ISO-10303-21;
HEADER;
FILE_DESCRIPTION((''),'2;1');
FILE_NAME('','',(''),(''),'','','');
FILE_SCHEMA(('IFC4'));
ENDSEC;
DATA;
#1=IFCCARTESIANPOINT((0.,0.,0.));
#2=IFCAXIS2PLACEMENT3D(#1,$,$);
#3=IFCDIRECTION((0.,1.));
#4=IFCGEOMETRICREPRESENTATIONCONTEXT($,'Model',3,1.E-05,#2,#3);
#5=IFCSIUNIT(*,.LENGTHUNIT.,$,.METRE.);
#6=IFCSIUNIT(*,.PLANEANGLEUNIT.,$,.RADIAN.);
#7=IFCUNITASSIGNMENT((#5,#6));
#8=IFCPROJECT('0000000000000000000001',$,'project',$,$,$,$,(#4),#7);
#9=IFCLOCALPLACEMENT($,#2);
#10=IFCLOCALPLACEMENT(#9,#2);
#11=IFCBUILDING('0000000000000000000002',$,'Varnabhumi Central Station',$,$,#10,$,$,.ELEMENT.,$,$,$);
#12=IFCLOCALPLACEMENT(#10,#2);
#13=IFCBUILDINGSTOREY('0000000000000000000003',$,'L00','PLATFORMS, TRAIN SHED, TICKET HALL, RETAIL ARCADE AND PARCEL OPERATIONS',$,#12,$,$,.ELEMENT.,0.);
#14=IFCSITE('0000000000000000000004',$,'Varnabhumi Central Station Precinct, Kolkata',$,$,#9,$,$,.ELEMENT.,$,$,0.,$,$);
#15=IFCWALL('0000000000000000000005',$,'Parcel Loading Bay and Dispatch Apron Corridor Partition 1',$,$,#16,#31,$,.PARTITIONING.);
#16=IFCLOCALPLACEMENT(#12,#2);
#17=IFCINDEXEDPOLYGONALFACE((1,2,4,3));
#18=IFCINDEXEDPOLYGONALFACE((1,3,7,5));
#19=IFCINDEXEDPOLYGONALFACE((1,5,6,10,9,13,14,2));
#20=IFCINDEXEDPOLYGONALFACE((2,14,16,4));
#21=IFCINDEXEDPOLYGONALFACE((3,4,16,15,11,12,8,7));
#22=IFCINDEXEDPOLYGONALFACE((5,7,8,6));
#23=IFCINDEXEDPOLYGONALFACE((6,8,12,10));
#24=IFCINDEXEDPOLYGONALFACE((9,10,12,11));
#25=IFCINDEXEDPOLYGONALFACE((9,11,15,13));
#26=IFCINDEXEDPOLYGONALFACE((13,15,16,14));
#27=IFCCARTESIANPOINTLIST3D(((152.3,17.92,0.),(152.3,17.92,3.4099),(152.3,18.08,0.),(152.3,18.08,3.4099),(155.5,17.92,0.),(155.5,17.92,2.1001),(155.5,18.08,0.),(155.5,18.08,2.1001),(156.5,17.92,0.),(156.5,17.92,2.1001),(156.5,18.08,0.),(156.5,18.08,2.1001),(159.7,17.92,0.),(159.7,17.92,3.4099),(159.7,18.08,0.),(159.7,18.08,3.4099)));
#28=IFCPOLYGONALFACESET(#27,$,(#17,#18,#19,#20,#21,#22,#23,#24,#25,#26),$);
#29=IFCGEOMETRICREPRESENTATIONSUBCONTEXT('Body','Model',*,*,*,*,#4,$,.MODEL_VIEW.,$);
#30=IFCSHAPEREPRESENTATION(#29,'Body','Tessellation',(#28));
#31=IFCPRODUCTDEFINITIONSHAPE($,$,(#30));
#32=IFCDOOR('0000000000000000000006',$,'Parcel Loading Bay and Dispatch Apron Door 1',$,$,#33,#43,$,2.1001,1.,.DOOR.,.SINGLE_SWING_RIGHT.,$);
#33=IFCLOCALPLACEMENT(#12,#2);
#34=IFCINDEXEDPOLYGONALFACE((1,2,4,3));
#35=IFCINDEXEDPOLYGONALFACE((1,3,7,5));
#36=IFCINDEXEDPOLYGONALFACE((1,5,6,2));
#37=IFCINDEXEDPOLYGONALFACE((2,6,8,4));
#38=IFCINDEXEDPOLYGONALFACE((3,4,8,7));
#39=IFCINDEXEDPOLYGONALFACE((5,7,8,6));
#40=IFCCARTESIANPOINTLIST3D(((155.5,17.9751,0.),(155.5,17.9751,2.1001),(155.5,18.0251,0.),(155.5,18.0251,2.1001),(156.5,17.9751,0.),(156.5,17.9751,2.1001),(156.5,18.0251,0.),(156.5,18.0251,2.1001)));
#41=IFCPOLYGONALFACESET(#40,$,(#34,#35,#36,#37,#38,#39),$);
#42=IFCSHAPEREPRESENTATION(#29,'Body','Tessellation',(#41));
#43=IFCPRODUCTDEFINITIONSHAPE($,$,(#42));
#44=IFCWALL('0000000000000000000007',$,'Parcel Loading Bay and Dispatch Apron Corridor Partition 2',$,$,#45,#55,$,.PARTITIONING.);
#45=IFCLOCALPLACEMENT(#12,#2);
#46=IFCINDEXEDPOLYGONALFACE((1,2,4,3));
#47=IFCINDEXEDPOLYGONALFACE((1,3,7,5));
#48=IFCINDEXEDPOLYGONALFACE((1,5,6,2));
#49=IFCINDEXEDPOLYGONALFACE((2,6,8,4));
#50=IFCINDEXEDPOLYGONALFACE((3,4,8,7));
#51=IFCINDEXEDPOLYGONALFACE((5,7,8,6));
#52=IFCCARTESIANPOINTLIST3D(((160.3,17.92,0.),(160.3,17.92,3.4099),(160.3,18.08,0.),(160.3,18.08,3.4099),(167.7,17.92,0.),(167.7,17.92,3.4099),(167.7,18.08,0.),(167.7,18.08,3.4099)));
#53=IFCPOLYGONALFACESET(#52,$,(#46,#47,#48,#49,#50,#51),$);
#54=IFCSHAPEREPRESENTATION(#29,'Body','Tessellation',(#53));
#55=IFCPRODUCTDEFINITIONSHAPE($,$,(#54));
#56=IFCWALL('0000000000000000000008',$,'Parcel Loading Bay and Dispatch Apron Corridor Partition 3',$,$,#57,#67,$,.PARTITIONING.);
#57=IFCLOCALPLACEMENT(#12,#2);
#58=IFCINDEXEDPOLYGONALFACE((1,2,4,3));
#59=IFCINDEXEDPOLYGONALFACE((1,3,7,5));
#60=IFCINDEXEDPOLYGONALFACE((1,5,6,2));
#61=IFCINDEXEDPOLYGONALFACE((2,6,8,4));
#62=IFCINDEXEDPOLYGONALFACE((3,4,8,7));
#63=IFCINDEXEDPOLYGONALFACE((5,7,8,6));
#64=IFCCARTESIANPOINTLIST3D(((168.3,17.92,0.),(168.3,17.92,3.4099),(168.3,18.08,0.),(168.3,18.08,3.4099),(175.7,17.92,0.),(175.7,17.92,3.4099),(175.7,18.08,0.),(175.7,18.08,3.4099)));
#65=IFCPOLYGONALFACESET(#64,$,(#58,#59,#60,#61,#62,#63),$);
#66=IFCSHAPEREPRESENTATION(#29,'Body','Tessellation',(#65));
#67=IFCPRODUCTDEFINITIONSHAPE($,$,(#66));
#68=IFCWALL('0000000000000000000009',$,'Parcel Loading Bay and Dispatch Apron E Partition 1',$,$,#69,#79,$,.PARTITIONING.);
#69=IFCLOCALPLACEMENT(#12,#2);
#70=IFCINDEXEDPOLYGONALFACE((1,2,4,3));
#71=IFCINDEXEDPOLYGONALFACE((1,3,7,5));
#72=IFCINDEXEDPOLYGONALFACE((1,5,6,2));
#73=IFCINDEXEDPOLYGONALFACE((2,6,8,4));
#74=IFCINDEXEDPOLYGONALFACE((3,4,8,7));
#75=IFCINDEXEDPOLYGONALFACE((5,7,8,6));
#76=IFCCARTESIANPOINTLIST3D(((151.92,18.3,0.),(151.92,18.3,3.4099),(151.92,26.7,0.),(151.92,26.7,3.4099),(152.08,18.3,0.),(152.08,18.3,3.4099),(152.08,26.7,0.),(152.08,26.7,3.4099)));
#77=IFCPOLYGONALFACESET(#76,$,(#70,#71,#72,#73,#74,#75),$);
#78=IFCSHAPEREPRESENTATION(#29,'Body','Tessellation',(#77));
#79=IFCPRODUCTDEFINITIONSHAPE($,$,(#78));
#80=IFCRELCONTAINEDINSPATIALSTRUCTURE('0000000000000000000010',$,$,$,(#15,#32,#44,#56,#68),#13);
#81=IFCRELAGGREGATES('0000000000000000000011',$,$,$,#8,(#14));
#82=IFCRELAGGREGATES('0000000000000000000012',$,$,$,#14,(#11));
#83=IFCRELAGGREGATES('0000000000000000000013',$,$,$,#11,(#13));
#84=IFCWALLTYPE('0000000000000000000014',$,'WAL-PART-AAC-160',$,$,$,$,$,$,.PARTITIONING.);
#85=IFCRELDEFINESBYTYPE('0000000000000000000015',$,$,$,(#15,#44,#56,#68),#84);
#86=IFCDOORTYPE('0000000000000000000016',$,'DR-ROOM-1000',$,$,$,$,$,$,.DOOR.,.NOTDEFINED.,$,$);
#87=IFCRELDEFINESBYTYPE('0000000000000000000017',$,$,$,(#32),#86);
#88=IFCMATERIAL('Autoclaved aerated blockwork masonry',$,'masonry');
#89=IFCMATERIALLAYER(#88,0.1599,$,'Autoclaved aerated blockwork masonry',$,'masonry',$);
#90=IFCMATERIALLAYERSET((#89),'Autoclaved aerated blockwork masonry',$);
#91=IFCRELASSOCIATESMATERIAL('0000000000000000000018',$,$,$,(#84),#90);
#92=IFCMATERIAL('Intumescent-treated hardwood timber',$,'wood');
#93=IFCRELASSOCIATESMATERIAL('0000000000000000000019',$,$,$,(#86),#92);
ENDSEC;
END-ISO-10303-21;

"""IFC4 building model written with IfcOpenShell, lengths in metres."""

from ifc_helpers import new_model, si_unit, direction, frame, frame_2d, origin, place, context, subcontext, project, spatial, rectangle, extrude, material, layer, layer_set, type_object, element, fill, save


model = new_model("IFC4")

# Units and contexts
model_context = context("Model", 3, precision=1e-05, world=origin(), true_north=direction((0.0, 1.0)))
body_context = subcontext(model_context, "Body", "Model", "MODEL_VIEW")
ifc_project = project(units=[si_unit("LENGTHUNIT", "METRE"), si_unit("PLANEANGLEUNIT", "RADIAN")], contexts=[model_context])

# Site, building, storey
site_placement = place(None, origin())
site = spatial("IfcSite", under=ifc_project, at=site_placement, Name="Varnabhumi Central Station Precinct, Kolkata", CompositionType="ELEMENT", RefElevation=0.0)
building_placement = place(site_placement, origin())
building = spatial("IfcBuilding", under=site, at=building_placement, Name="Varnabhumi Central Station", CompositionType="ELEMENT")
storey_placement = place(building_placement, origin())
storey = spatial("IfcBuildingStorey", under=building, at=storey_placement, Name="L00", Description="PLATFORMS, TRAIN SHED, TICKET HALL, RETAIL ARCADE AND PARCEL OPERATIONS", CompositionType="ELEMENT", Elevation=0.0)

# Wall, opening, door
ifc_material_1 = material(Name="Autoclaved aerated blockwork masonry", Category="masonry")
ifc_layer_1 = layer(ifc_material_1, 0.1599, Name="Autoclaved aerated blockwork masonry", Category="masonry")
ifc_layer_set_1 = layer_set([ifc_layer_1], Name="Autoclaved aerated blockwork masonry")
wall_type = type_object("IfcWallType", Name="WAL-PART-AAC-160", PredefinedType="PARTITIONING", material=ifc_layer_set_1)
wall_1_placement = place(storey_placement, frame((152.3, 18.0, 0.0), z_axis=(0.0, 0.0, 1.0), x_axis=(1.0, 0.0, 0.0)))
wall_1 = element("IfcWall", 1, at=wall_1_placement, inside=storey, type_object=wall_type, Name="Parcel Loading Bay and Dispatch Apron Corridor Partition 1", PredefinedType="PARTITIONING", context=body_context, shape_type="SweptSolid", body=[
    extrude(rectangle(XDim=7.3999, YDim=0.1599, at=frame_2d((3.7, 0.0))), origin(), (0.0, 0.0, 1.0), 3.4099),
])
opening_placement = place(wall_1_placement, frame((3.2, 0.0, 0.0)))
opening = element("IfcOpeningElement", 2, at=opening_placement, cuts=wall_1, PredefinedType="OPENING", context=body_context, shape_type="SweptSolid", body=[
    extrude(rectangle(XDim=1.0, YDim=2.1001, at=frame_2d((0.5, 1.05))), frame((0.0, 0.0898, 0.0), z_axis=(0.0, -1.0, 0.0), x_axis=(1.0, 0.0, 0.0)), (0.0, 0.0, 1.0), 0.1799),
])
ifc_material_2 = material(Name="Intumescent-treated hardwood timber", Category="wood")
door_type = type_object("IfcDoorType", Name="DR-ROOM-1000", OperationType="NOTDEFINED", PredefinedType="DOOR", material=ifc_material_2)
door_placement = place(opening_placement, frame((1.0, 0.0, 0.0), z_axis=(0.0, 0.0, 1.0), x_axis=(-1.0, 0.0, 0.0)))
door = element("IfcDoor", 3, at=door_placement, inside=storey, type_object=door_type, Name="Parcel Loading Bay and Dispatch Apron Door 1", OperationType="SINGLE_SWING_RIGHT", OverallHeight=2.1001, OverallWidth=1.0, PredefinedType="DOOR", context=body_context, shape_type="SweptSolid", body=[
    extrude(rectangle(XDim=1.0, YDim=2.1001, at=frame_2d((0.5, 1.05))), frame((0.0, 0.0249, 0.0), z_axis=(0.0, -1.0, 0.0), x_axis=(1.0, 0.0, 0.0)), (0.0, 0.0, 1.0), 0.05),
])
fill(opening, door)

# Walls
for number, where, z_axis, x_axis, name in (
    (4, (160.3, 18.0, 0.0), (0.0, 0.0, 1.0), (1.0, 0.0, 0.0), "Parcel Loading Bay and Dispatch Apron Corridor Partition 2"),
    (5, (168.3, 18.0, 0.0), (0.0, 0.0, 1.0), (1.0, 0.0, 0.0), "Parcel Loading Bay and Dispatch Apron Corridor Partition 3"),
):
    element("IfcWall", number, at=place(storey_placement, frame(where, z_axis=z_axis, x_axis=x_axis)), inside=storey, type_object=wall_type, Name=name, PredefinedType="PARTITIONING", context=body_context, shape_type="SweptSolid", body=[
        extrude(rectangle(XDim=7.3999, YDim=0.1599, at=frame_2d((3.7, 0.0))), origin(), (0.0, 0.0, 1.0), 3.4099),
    ])
wall_2_placement = place(storey_placement, frame((152.0, 18.3, 0.0), z_axis=(0.0, 0.0, 1.0), x_axis=(0.0, 1.0, 0.0)))
element("IfcWall", 6, at=wall_2_placement, inside=storey, type_object=wall_type, Name="Parcel Loading Bay and Dispatch Apron E Partition 1", PredefinedType="PARTITIONING", context=body_context, shape_type="SweptSolid", body=[
    extrude(rectangle(XDim=8.3999, YDim=0.1599, at=frame_2d((4.2, 0.0))), origin(), (0.0, 0.0, 1.0), 3.4099),
])

save(model, "model.ifc")
